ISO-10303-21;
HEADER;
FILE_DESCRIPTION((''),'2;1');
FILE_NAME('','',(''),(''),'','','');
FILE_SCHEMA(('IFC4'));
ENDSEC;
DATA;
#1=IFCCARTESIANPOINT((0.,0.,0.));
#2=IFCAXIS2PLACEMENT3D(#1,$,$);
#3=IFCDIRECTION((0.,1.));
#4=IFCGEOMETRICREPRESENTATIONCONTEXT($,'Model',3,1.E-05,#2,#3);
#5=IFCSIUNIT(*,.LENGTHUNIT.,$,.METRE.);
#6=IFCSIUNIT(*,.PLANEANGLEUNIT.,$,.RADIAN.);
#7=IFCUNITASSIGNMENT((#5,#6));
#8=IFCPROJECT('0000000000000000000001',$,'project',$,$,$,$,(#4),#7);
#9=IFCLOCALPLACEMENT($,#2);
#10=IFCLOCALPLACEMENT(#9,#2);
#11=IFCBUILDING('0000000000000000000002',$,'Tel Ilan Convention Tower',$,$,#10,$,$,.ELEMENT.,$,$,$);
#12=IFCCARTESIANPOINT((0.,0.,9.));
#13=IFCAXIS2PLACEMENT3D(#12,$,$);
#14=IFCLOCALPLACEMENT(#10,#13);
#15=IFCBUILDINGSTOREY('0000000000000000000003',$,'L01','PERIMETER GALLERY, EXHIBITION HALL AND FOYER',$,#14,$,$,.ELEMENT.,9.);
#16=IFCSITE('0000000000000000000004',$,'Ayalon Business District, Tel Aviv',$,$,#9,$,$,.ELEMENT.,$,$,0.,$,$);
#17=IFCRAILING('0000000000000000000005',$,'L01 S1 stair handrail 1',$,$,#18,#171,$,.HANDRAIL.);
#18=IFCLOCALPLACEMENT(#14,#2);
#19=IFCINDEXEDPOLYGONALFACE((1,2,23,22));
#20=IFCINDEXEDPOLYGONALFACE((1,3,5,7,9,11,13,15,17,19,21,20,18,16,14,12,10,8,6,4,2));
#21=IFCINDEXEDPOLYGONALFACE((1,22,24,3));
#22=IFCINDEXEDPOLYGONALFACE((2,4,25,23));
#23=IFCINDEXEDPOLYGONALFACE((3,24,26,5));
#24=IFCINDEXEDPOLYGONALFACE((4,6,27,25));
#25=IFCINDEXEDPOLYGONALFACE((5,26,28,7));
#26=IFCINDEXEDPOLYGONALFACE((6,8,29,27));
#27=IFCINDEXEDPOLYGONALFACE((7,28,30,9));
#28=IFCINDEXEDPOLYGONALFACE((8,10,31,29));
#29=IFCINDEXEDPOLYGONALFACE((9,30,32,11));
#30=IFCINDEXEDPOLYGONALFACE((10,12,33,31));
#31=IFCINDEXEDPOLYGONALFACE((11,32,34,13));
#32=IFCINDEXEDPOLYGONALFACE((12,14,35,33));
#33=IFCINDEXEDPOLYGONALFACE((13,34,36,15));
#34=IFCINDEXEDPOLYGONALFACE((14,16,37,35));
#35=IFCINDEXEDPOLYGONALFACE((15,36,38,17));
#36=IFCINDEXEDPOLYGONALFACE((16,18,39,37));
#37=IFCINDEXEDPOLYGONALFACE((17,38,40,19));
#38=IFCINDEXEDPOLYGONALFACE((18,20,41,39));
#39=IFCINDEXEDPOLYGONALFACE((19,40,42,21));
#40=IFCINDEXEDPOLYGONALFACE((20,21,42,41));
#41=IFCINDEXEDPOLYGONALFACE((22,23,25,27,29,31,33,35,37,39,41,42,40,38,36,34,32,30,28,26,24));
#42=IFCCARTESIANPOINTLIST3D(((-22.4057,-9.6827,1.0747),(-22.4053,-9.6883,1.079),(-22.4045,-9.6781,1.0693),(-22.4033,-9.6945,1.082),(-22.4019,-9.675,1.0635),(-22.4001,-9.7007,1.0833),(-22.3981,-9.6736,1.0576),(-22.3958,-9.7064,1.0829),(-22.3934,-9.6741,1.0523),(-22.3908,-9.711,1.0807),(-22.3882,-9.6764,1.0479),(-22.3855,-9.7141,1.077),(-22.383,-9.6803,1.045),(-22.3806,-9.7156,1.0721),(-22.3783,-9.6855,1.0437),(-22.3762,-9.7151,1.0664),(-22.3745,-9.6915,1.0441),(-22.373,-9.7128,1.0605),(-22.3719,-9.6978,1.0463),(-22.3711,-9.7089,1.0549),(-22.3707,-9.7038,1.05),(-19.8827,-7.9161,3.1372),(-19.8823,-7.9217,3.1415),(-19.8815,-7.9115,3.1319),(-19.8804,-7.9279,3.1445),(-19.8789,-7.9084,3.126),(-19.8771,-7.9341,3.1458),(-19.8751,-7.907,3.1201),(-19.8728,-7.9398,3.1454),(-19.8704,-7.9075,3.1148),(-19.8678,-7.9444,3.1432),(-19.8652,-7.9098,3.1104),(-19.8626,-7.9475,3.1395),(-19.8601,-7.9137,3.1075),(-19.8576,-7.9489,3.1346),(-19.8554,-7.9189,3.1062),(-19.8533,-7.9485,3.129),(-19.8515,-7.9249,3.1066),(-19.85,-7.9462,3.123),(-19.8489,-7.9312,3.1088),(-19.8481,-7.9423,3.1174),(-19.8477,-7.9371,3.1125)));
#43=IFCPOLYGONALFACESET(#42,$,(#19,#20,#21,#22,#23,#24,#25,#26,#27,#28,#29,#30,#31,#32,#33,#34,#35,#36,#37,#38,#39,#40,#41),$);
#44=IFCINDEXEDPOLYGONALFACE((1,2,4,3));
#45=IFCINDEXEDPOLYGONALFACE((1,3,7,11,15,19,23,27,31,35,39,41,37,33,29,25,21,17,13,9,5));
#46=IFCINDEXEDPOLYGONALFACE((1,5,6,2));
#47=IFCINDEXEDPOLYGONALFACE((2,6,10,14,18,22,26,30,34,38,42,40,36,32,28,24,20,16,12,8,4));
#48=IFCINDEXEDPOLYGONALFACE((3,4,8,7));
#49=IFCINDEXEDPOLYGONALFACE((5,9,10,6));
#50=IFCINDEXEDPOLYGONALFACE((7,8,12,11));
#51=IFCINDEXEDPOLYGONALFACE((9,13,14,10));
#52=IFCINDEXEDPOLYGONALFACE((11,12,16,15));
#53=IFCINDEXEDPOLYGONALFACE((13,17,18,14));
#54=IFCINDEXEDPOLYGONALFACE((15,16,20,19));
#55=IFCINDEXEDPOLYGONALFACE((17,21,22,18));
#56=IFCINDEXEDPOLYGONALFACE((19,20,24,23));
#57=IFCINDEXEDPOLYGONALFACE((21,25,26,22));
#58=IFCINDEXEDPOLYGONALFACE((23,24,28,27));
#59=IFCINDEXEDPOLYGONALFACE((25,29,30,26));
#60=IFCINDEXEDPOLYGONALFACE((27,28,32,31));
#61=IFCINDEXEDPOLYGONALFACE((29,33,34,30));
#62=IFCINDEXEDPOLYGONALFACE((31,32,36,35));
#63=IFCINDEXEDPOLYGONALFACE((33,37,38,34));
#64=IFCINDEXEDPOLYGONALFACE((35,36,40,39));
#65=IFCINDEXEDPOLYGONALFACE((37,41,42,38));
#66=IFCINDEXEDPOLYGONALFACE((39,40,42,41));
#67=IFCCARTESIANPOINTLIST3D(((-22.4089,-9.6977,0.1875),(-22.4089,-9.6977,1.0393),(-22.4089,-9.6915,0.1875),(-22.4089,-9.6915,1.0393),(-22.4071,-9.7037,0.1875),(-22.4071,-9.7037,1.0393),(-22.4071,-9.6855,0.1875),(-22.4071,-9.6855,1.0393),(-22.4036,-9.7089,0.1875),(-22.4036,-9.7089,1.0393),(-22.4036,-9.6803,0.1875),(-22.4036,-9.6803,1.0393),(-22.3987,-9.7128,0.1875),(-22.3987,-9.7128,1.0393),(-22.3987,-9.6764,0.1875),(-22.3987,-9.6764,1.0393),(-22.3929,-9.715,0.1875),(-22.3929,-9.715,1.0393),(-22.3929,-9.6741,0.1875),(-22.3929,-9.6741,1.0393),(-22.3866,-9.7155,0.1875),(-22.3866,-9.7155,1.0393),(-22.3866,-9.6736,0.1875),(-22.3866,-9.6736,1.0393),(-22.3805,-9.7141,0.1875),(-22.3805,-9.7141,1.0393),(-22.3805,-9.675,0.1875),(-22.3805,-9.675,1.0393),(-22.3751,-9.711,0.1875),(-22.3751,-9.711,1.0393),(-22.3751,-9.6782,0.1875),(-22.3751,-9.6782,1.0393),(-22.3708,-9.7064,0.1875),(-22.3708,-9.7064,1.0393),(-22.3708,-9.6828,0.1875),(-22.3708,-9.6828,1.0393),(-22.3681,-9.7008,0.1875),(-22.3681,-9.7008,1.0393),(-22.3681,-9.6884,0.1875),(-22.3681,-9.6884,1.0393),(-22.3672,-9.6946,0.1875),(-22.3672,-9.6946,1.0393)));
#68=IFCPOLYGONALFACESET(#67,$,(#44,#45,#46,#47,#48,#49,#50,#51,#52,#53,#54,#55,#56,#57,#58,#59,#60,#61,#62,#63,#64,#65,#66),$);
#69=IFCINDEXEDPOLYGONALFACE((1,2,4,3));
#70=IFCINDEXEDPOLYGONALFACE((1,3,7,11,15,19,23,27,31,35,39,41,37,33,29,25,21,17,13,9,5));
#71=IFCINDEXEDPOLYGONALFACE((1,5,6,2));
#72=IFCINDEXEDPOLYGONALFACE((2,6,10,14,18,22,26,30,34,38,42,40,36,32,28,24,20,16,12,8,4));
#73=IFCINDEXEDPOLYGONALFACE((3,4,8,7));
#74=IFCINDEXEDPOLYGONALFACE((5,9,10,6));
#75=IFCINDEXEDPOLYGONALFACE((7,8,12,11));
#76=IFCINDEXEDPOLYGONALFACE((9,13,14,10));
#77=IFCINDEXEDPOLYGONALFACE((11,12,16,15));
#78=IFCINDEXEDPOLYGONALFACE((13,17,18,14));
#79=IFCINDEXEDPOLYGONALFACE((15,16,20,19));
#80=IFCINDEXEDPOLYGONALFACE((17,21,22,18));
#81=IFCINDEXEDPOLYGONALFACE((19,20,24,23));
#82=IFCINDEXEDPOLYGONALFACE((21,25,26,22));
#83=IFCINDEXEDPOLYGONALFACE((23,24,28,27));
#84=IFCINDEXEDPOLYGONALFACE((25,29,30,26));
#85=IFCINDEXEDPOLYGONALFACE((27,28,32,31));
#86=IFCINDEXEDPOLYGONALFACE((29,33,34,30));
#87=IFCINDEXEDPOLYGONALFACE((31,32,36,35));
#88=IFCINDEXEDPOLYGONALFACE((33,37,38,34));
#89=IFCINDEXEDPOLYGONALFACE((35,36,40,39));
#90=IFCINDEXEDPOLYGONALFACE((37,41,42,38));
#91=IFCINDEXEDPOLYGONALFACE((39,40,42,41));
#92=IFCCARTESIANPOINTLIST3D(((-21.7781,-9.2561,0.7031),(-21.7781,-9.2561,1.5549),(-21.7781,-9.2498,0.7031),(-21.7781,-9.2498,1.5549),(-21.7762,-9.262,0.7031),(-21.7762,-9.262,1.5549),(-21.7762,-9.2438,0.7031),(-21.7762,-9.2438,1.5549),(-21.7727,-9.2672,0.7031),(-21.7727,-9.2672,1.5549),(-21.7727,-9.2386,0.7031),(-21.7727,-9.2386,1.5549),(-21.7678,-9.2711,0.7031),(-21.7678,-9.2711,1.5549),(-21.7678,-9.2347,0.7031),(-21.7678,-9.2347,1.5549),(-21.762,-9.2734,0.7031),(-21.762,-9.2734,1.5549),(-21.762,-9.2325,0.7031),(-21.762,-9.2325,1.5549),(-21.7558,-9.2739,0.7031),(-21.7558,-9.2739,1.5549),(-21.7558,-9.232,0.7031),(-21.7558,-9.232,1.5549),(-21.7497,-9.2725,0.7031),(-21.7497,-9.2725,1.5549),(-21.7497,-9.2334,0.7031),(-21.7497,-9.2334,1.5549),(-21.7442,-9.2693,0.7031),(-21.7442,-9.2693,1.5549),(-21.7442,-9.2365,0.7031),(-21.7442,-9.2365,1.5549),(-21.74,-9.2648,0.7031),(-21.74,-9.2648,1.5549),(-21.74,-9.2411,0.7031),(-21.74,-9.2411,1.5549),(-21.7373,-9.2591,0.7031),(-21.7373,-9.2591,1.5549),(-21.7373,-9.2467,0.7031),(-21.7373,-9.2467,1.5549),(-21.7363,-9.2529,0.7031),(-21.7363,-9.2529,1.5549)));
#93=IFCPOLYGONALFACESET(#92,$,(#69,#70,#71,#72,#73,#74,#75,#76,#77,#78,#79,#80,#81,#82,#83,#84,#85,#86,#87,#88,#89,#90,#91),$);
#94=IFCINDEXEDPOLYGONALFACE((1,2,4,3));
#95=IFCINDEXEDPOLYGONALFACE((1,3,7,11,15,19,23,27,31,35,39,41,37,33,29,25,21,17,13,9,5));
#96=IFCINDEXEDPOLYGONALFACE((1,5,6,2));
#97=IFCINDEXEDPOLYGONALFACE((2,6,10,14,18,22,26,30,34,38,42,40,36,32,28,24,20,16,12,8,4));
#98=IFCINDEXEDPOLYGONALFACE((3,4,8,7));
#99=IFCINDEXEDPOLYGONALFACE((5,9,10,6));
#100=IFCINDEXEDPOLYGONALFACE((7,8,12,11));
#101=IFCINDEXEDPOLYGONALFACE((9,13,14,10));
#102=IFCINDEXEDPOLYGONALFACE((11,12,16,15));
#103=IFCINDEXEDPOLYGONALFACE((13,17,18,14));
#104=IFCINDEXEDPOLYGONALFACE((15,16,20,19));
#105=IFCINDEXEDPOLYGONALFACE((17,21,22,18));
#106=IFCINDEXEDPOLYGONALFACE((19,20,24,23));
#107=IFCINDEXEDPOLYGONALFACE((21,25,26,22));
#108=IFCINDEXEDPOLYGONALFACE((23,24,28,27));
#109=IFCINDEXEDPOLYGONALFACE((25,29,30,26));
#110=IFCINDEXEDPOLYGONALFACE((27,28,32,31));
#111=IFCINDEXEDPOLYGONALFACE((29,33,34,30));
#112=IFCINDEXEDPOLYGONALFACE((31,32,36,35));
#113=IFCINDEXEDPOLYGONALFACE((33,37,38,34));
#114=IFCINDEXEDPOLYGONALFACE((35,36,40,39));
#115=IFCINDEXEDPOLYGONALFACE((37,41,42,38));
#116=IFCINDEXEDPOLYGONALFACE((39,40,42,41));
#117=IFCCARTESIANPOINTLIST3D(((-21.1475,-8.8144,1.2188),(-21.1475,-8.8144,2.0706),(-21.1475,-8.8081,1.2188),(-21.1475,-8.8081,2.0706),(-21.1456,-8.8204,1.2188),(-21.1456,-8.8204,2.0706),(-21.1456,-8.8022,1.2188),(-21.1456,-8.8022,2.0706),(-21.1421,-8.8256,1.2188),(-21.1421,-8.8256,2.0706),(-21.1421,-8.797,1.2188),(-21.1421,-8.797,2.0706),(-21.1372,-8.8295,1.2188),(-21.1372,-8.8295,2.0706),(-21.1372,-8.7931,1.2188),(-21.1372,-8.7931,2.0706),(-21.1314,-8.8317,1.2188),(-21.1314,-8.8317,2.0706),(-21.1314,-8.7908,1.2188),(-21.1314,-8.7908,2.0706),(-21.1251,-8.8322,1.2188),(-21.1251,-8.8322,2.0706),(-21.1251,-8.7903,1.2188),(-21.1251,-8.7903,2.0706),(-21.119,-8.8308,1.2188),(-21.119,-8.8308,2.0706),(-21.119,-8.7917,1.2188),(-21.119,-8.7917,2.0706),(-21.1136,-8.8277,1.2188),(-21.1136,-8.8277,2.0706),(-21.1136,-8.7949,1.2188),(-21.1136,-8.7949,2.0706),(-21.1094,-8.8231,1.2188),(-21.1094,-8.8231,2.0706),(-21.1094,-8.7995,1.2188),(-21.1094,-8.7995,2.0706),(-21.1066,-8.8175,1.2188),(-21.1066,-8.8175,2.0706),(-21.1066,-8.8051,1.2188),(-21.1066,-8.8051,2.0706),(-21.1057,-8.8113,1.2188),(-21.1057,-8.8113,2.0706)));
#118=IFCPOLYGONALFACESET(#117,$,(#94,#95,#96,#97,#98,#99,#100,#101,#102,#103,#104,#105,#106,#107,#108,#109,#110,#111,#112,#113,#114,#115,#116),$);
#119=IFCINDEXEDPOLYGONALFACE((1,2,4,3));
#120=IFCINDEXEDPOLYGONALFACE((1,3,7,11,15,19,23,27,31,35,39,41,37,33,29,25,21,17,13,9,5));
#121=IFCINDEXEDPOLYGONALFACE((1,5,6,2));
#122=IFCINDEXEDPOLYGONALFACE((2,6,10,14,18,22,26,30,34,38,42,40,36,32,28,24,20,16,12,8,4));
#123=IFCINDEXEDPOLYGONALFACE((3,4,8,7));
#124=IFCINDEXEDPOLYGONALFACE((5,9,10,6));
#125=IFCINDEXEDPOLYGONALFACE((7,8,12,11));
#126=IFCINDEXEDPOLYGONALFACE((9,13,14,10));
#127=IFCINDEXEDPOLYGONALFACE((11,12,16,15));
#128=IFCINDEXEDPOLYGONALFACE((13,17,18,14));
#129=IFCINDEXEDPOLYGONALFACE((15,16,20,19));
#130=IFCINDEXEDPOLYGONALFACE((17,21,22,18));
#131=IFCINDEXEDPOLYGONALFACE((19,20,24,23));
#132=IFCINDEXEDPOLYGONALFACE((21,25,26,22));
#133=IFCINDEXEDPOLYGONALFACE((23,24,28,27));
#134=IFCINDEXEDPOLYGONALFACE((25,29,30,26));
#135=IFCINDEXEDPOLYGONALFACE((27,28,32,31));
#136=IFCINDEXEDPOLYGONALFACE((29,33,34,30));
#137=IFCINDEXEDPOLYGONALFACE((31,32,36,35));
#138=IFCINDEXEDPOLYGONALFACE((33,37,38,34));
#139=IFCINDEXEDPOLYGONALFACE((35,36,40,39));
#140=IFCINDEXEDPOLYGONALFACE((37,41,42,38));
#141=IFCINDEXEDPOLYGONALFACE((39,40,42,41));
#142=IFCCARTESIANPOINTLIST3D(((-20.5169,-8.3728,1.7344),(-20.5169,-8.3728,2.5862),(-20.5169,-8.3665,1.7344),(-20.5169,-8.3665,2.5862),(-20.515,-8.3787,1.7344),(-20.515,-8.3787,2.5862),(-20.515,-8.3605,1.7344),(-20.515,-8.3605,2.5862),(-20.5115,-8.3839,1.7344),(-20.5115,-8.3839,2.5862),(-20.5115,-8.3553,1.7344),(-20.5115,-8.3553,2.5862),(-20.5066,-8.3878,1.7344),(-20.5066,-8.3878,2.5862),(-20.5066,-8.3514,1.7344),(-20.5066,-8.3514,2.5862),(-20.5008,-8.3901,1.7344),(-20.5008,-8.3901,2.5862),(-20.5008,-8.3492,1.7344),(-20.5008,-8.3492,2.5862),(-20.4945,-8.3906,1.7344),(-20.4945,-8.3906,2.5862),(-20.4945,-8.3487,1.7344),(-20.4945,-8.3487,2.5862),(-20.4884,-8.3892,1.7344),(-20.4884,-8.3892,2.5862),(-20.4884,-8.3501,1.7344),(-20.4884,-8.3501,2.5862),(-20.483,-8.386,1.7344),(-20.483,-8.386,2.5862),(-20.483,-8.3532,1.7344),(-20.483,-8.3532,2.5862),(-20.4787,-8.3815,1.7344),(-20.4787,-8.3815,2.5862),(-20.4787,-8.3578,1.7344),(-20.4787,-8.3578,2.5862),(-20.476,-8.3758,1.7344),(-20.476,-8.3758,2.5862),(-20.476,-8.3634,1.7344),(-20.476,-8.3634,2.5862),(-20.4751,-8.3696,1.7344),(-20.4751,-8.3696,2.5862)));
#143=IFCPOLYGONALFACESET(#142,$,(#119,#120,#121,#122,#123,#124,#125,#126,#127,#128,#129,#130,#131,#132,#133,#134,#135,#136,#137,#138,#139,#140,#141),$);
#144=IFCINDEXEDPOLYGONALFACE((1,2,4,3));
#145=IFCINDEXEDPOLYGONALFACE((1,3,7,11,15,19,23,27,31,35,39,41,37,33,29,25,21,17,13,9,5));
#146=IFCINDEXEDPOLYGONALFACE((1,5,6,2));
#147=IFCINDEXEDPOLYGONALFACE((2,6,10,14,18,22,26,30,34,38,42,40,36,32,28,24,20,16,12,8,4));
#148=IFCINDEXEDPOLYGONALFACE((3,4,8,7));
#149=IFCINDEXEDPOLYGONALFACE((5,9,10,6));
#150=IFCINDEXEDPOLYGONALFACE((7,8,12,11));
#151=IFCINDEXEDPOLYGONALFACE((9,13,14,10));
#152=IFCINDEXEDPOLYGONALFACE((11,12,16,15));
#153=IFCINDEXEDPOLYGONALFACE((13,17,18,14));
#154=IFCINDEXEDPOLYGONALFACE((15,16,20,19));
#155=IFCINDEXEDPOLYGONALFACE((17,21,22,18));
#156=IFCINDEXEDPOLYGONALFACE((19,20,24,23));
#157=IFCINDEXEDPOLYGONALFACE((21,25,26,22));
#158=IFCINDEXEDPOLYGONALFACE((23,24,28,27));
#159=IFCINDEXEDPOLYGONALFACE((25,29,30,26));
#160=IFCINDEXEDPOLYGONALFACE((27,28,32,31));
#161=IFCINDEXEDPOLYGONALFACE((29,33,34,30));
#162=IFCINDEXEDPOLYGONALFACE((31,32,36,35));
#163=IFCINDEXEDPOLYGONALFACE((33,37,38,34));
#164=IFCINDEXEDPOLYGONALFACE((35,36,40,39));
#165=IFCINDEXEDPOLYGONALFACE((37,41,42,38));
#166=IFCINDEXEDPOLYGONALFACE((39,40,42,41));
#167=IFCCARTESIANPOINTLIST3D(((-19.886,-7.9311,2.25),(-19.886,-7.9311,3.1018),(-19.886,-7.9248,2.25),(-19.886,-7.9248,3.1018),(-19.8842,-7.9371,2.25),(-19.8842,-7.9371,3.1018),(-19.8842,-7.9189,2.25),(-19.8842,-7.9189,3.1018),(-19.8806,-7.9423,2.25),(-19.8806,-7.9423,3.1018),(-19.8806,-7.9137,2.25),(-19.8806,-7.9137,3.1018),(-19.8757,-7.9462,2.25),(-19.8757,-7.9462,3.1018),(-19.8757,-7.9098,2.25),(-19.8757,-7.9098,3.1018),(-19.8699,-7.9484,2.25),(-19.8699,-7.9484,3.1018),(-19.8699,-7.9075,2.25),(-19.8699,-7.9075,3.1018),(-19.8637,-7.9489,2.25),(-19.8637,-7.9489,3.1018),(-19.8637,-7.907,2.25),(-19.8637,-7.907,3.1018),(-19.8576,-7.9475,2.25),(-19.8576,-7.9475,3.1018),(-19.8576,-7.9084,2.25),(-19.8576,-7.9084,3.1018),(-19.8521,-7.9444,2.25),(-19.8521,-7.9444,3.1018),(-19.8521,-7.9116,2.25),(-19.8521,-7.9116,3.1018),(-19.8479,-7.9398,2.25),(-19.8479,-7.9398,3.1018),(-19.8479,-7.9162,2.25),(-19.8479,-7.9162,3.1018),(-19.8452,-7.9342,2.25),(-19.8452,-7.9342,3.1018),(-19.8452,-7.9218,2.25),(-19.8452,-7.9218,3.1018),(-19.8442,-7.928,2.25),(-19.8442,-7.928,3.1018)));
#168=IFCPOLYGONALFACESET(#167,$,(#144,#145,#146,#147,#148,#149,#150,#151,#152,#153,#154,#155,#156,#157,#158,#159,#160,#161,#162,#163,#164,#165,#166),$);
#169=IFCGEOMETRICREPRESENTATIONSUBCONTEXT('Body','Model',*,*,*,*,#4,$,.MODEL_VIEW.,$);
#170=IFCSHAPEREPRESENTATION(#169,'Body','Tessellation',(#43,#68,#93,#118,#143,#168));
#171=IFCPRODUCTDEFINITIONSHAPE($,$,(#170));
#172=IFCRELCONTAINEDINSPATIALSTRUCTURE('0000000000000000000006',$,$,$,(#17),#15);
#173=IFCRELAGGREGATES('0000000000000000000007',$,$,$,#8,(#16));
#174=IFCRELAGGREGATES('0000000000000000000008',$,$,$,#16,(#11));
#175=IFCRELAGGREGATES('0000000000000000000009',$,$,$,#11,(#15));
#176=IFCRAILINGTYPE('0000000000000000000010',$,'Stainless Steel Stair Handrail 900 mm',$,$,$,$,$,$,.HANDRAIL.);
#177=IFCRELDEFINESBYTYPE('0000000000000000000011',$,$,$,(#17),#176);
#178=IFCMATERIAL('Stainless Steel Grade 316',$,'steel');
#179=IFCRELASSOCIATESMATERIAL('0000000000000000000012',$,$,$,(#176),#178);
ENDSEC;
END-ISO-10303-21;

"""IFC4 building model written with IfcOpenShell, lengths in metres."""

from ifc_helpers import new_model, si_unit, direction, frame, origin, origin_2d, place, context, subcontext, project, spatial, circle, extrude, material, type_object, element, save


model = new_model("IFC4")

# Units and contexts
model_context = context("Model", 3, precision=1e-05, world=origin(), true_north=direction((0.0, 1.0)))
body_context = subcontext(model_context, "Body", "Model", "MODEL_VIEW")
ifc_project = project(units=[si_unit("LENGTHUNIT", "METRE"), si_unit("PLANEANGLEUNIT", "RADIAN")], contexts=[model_context])

# Site, building, storey
site_placement = place(None, origin())
site = spatial("IfcSite", under=ifc_project, at=site_placement, Name="Ayalon Business District, Tel Aviv", CompositionType="ELEMENT", RefElevation=0.0)
building_placement = place(site_placement, origin())
building = spatial("IfcBuilding", under=site, at=building_placement, Name="Tel Ilan Convention Tower", CompositionType="ELEMENT")
storey_placement = place(building_placement, frame((0.0, 0.0, 9.0)))
storey = spatial("IfcBuildingStorey", under=building, at=storey_placement, Name="L01", Description="PERIMETER GALLERY, EXHIBITION HALL AND FOYER", CompositionType="ELEMENT", Elevation=9.0)

# Railing
ifc_material_1 = material(Name="Stainless Steel Grade 316", Category="steel")
railing_type_1 = type_object("IfcRailingType", Name="Stainless Steel Stair Handrail 900 mm", PredefinedType="HANDRAIL", material=ifc_material_1)
railing_1_placement = place(storey_placement, frame((-22.3882, -9.6946, 0.1875)))
element("IfcRailing", 1, at=railing_1_placement, inside=storey, type_object=railing_type_1, Name="L01 S1 stair handrail 1", PredefinedType="HANDRAIL", context=body_context, shape_type="SweptSolid", body=[
    extrude(circle(Radius=0.0239, at=origin_2d()), frame((0.0, 0.0, 0.876), z_axis=(0.680635, 0.476589, 0.556416), x_axis=(-0.573579, 0.81915, 0.0)), (0.0, 0.0, 1.0), 3.7068),
    extrude(circle(Radius=0.021, at=origin_2d()), origin(), (0.0, 0.0, 1.0), 0.8518),
    extrude(circle(Radius=0.021, at=origin_2d()), frame((0.6309, 0.4417, 0.5156)), (0.0, 0.0, 1.0), 0.8518),
    extrude(circle(Radius=0.021, at=origin_2d()), frame((1.2615, 0.8833, 1.0312)), (0.0, 0.0, 1.0), 0.8518),
    extrude(circle(Radius=0.021, at=origin_2d()), frame((1.8921, 1.325, 1.5469)), (0.0, 0.0, 1.0), 0.8518),
    extrude(circle(Radius=0.021, at=origin_2d()), frame((2.5229, 1.7666, 2.0625)), (0.0, 0.0, 1.0), 0.8518),
])

save(model, "model.ifc")
